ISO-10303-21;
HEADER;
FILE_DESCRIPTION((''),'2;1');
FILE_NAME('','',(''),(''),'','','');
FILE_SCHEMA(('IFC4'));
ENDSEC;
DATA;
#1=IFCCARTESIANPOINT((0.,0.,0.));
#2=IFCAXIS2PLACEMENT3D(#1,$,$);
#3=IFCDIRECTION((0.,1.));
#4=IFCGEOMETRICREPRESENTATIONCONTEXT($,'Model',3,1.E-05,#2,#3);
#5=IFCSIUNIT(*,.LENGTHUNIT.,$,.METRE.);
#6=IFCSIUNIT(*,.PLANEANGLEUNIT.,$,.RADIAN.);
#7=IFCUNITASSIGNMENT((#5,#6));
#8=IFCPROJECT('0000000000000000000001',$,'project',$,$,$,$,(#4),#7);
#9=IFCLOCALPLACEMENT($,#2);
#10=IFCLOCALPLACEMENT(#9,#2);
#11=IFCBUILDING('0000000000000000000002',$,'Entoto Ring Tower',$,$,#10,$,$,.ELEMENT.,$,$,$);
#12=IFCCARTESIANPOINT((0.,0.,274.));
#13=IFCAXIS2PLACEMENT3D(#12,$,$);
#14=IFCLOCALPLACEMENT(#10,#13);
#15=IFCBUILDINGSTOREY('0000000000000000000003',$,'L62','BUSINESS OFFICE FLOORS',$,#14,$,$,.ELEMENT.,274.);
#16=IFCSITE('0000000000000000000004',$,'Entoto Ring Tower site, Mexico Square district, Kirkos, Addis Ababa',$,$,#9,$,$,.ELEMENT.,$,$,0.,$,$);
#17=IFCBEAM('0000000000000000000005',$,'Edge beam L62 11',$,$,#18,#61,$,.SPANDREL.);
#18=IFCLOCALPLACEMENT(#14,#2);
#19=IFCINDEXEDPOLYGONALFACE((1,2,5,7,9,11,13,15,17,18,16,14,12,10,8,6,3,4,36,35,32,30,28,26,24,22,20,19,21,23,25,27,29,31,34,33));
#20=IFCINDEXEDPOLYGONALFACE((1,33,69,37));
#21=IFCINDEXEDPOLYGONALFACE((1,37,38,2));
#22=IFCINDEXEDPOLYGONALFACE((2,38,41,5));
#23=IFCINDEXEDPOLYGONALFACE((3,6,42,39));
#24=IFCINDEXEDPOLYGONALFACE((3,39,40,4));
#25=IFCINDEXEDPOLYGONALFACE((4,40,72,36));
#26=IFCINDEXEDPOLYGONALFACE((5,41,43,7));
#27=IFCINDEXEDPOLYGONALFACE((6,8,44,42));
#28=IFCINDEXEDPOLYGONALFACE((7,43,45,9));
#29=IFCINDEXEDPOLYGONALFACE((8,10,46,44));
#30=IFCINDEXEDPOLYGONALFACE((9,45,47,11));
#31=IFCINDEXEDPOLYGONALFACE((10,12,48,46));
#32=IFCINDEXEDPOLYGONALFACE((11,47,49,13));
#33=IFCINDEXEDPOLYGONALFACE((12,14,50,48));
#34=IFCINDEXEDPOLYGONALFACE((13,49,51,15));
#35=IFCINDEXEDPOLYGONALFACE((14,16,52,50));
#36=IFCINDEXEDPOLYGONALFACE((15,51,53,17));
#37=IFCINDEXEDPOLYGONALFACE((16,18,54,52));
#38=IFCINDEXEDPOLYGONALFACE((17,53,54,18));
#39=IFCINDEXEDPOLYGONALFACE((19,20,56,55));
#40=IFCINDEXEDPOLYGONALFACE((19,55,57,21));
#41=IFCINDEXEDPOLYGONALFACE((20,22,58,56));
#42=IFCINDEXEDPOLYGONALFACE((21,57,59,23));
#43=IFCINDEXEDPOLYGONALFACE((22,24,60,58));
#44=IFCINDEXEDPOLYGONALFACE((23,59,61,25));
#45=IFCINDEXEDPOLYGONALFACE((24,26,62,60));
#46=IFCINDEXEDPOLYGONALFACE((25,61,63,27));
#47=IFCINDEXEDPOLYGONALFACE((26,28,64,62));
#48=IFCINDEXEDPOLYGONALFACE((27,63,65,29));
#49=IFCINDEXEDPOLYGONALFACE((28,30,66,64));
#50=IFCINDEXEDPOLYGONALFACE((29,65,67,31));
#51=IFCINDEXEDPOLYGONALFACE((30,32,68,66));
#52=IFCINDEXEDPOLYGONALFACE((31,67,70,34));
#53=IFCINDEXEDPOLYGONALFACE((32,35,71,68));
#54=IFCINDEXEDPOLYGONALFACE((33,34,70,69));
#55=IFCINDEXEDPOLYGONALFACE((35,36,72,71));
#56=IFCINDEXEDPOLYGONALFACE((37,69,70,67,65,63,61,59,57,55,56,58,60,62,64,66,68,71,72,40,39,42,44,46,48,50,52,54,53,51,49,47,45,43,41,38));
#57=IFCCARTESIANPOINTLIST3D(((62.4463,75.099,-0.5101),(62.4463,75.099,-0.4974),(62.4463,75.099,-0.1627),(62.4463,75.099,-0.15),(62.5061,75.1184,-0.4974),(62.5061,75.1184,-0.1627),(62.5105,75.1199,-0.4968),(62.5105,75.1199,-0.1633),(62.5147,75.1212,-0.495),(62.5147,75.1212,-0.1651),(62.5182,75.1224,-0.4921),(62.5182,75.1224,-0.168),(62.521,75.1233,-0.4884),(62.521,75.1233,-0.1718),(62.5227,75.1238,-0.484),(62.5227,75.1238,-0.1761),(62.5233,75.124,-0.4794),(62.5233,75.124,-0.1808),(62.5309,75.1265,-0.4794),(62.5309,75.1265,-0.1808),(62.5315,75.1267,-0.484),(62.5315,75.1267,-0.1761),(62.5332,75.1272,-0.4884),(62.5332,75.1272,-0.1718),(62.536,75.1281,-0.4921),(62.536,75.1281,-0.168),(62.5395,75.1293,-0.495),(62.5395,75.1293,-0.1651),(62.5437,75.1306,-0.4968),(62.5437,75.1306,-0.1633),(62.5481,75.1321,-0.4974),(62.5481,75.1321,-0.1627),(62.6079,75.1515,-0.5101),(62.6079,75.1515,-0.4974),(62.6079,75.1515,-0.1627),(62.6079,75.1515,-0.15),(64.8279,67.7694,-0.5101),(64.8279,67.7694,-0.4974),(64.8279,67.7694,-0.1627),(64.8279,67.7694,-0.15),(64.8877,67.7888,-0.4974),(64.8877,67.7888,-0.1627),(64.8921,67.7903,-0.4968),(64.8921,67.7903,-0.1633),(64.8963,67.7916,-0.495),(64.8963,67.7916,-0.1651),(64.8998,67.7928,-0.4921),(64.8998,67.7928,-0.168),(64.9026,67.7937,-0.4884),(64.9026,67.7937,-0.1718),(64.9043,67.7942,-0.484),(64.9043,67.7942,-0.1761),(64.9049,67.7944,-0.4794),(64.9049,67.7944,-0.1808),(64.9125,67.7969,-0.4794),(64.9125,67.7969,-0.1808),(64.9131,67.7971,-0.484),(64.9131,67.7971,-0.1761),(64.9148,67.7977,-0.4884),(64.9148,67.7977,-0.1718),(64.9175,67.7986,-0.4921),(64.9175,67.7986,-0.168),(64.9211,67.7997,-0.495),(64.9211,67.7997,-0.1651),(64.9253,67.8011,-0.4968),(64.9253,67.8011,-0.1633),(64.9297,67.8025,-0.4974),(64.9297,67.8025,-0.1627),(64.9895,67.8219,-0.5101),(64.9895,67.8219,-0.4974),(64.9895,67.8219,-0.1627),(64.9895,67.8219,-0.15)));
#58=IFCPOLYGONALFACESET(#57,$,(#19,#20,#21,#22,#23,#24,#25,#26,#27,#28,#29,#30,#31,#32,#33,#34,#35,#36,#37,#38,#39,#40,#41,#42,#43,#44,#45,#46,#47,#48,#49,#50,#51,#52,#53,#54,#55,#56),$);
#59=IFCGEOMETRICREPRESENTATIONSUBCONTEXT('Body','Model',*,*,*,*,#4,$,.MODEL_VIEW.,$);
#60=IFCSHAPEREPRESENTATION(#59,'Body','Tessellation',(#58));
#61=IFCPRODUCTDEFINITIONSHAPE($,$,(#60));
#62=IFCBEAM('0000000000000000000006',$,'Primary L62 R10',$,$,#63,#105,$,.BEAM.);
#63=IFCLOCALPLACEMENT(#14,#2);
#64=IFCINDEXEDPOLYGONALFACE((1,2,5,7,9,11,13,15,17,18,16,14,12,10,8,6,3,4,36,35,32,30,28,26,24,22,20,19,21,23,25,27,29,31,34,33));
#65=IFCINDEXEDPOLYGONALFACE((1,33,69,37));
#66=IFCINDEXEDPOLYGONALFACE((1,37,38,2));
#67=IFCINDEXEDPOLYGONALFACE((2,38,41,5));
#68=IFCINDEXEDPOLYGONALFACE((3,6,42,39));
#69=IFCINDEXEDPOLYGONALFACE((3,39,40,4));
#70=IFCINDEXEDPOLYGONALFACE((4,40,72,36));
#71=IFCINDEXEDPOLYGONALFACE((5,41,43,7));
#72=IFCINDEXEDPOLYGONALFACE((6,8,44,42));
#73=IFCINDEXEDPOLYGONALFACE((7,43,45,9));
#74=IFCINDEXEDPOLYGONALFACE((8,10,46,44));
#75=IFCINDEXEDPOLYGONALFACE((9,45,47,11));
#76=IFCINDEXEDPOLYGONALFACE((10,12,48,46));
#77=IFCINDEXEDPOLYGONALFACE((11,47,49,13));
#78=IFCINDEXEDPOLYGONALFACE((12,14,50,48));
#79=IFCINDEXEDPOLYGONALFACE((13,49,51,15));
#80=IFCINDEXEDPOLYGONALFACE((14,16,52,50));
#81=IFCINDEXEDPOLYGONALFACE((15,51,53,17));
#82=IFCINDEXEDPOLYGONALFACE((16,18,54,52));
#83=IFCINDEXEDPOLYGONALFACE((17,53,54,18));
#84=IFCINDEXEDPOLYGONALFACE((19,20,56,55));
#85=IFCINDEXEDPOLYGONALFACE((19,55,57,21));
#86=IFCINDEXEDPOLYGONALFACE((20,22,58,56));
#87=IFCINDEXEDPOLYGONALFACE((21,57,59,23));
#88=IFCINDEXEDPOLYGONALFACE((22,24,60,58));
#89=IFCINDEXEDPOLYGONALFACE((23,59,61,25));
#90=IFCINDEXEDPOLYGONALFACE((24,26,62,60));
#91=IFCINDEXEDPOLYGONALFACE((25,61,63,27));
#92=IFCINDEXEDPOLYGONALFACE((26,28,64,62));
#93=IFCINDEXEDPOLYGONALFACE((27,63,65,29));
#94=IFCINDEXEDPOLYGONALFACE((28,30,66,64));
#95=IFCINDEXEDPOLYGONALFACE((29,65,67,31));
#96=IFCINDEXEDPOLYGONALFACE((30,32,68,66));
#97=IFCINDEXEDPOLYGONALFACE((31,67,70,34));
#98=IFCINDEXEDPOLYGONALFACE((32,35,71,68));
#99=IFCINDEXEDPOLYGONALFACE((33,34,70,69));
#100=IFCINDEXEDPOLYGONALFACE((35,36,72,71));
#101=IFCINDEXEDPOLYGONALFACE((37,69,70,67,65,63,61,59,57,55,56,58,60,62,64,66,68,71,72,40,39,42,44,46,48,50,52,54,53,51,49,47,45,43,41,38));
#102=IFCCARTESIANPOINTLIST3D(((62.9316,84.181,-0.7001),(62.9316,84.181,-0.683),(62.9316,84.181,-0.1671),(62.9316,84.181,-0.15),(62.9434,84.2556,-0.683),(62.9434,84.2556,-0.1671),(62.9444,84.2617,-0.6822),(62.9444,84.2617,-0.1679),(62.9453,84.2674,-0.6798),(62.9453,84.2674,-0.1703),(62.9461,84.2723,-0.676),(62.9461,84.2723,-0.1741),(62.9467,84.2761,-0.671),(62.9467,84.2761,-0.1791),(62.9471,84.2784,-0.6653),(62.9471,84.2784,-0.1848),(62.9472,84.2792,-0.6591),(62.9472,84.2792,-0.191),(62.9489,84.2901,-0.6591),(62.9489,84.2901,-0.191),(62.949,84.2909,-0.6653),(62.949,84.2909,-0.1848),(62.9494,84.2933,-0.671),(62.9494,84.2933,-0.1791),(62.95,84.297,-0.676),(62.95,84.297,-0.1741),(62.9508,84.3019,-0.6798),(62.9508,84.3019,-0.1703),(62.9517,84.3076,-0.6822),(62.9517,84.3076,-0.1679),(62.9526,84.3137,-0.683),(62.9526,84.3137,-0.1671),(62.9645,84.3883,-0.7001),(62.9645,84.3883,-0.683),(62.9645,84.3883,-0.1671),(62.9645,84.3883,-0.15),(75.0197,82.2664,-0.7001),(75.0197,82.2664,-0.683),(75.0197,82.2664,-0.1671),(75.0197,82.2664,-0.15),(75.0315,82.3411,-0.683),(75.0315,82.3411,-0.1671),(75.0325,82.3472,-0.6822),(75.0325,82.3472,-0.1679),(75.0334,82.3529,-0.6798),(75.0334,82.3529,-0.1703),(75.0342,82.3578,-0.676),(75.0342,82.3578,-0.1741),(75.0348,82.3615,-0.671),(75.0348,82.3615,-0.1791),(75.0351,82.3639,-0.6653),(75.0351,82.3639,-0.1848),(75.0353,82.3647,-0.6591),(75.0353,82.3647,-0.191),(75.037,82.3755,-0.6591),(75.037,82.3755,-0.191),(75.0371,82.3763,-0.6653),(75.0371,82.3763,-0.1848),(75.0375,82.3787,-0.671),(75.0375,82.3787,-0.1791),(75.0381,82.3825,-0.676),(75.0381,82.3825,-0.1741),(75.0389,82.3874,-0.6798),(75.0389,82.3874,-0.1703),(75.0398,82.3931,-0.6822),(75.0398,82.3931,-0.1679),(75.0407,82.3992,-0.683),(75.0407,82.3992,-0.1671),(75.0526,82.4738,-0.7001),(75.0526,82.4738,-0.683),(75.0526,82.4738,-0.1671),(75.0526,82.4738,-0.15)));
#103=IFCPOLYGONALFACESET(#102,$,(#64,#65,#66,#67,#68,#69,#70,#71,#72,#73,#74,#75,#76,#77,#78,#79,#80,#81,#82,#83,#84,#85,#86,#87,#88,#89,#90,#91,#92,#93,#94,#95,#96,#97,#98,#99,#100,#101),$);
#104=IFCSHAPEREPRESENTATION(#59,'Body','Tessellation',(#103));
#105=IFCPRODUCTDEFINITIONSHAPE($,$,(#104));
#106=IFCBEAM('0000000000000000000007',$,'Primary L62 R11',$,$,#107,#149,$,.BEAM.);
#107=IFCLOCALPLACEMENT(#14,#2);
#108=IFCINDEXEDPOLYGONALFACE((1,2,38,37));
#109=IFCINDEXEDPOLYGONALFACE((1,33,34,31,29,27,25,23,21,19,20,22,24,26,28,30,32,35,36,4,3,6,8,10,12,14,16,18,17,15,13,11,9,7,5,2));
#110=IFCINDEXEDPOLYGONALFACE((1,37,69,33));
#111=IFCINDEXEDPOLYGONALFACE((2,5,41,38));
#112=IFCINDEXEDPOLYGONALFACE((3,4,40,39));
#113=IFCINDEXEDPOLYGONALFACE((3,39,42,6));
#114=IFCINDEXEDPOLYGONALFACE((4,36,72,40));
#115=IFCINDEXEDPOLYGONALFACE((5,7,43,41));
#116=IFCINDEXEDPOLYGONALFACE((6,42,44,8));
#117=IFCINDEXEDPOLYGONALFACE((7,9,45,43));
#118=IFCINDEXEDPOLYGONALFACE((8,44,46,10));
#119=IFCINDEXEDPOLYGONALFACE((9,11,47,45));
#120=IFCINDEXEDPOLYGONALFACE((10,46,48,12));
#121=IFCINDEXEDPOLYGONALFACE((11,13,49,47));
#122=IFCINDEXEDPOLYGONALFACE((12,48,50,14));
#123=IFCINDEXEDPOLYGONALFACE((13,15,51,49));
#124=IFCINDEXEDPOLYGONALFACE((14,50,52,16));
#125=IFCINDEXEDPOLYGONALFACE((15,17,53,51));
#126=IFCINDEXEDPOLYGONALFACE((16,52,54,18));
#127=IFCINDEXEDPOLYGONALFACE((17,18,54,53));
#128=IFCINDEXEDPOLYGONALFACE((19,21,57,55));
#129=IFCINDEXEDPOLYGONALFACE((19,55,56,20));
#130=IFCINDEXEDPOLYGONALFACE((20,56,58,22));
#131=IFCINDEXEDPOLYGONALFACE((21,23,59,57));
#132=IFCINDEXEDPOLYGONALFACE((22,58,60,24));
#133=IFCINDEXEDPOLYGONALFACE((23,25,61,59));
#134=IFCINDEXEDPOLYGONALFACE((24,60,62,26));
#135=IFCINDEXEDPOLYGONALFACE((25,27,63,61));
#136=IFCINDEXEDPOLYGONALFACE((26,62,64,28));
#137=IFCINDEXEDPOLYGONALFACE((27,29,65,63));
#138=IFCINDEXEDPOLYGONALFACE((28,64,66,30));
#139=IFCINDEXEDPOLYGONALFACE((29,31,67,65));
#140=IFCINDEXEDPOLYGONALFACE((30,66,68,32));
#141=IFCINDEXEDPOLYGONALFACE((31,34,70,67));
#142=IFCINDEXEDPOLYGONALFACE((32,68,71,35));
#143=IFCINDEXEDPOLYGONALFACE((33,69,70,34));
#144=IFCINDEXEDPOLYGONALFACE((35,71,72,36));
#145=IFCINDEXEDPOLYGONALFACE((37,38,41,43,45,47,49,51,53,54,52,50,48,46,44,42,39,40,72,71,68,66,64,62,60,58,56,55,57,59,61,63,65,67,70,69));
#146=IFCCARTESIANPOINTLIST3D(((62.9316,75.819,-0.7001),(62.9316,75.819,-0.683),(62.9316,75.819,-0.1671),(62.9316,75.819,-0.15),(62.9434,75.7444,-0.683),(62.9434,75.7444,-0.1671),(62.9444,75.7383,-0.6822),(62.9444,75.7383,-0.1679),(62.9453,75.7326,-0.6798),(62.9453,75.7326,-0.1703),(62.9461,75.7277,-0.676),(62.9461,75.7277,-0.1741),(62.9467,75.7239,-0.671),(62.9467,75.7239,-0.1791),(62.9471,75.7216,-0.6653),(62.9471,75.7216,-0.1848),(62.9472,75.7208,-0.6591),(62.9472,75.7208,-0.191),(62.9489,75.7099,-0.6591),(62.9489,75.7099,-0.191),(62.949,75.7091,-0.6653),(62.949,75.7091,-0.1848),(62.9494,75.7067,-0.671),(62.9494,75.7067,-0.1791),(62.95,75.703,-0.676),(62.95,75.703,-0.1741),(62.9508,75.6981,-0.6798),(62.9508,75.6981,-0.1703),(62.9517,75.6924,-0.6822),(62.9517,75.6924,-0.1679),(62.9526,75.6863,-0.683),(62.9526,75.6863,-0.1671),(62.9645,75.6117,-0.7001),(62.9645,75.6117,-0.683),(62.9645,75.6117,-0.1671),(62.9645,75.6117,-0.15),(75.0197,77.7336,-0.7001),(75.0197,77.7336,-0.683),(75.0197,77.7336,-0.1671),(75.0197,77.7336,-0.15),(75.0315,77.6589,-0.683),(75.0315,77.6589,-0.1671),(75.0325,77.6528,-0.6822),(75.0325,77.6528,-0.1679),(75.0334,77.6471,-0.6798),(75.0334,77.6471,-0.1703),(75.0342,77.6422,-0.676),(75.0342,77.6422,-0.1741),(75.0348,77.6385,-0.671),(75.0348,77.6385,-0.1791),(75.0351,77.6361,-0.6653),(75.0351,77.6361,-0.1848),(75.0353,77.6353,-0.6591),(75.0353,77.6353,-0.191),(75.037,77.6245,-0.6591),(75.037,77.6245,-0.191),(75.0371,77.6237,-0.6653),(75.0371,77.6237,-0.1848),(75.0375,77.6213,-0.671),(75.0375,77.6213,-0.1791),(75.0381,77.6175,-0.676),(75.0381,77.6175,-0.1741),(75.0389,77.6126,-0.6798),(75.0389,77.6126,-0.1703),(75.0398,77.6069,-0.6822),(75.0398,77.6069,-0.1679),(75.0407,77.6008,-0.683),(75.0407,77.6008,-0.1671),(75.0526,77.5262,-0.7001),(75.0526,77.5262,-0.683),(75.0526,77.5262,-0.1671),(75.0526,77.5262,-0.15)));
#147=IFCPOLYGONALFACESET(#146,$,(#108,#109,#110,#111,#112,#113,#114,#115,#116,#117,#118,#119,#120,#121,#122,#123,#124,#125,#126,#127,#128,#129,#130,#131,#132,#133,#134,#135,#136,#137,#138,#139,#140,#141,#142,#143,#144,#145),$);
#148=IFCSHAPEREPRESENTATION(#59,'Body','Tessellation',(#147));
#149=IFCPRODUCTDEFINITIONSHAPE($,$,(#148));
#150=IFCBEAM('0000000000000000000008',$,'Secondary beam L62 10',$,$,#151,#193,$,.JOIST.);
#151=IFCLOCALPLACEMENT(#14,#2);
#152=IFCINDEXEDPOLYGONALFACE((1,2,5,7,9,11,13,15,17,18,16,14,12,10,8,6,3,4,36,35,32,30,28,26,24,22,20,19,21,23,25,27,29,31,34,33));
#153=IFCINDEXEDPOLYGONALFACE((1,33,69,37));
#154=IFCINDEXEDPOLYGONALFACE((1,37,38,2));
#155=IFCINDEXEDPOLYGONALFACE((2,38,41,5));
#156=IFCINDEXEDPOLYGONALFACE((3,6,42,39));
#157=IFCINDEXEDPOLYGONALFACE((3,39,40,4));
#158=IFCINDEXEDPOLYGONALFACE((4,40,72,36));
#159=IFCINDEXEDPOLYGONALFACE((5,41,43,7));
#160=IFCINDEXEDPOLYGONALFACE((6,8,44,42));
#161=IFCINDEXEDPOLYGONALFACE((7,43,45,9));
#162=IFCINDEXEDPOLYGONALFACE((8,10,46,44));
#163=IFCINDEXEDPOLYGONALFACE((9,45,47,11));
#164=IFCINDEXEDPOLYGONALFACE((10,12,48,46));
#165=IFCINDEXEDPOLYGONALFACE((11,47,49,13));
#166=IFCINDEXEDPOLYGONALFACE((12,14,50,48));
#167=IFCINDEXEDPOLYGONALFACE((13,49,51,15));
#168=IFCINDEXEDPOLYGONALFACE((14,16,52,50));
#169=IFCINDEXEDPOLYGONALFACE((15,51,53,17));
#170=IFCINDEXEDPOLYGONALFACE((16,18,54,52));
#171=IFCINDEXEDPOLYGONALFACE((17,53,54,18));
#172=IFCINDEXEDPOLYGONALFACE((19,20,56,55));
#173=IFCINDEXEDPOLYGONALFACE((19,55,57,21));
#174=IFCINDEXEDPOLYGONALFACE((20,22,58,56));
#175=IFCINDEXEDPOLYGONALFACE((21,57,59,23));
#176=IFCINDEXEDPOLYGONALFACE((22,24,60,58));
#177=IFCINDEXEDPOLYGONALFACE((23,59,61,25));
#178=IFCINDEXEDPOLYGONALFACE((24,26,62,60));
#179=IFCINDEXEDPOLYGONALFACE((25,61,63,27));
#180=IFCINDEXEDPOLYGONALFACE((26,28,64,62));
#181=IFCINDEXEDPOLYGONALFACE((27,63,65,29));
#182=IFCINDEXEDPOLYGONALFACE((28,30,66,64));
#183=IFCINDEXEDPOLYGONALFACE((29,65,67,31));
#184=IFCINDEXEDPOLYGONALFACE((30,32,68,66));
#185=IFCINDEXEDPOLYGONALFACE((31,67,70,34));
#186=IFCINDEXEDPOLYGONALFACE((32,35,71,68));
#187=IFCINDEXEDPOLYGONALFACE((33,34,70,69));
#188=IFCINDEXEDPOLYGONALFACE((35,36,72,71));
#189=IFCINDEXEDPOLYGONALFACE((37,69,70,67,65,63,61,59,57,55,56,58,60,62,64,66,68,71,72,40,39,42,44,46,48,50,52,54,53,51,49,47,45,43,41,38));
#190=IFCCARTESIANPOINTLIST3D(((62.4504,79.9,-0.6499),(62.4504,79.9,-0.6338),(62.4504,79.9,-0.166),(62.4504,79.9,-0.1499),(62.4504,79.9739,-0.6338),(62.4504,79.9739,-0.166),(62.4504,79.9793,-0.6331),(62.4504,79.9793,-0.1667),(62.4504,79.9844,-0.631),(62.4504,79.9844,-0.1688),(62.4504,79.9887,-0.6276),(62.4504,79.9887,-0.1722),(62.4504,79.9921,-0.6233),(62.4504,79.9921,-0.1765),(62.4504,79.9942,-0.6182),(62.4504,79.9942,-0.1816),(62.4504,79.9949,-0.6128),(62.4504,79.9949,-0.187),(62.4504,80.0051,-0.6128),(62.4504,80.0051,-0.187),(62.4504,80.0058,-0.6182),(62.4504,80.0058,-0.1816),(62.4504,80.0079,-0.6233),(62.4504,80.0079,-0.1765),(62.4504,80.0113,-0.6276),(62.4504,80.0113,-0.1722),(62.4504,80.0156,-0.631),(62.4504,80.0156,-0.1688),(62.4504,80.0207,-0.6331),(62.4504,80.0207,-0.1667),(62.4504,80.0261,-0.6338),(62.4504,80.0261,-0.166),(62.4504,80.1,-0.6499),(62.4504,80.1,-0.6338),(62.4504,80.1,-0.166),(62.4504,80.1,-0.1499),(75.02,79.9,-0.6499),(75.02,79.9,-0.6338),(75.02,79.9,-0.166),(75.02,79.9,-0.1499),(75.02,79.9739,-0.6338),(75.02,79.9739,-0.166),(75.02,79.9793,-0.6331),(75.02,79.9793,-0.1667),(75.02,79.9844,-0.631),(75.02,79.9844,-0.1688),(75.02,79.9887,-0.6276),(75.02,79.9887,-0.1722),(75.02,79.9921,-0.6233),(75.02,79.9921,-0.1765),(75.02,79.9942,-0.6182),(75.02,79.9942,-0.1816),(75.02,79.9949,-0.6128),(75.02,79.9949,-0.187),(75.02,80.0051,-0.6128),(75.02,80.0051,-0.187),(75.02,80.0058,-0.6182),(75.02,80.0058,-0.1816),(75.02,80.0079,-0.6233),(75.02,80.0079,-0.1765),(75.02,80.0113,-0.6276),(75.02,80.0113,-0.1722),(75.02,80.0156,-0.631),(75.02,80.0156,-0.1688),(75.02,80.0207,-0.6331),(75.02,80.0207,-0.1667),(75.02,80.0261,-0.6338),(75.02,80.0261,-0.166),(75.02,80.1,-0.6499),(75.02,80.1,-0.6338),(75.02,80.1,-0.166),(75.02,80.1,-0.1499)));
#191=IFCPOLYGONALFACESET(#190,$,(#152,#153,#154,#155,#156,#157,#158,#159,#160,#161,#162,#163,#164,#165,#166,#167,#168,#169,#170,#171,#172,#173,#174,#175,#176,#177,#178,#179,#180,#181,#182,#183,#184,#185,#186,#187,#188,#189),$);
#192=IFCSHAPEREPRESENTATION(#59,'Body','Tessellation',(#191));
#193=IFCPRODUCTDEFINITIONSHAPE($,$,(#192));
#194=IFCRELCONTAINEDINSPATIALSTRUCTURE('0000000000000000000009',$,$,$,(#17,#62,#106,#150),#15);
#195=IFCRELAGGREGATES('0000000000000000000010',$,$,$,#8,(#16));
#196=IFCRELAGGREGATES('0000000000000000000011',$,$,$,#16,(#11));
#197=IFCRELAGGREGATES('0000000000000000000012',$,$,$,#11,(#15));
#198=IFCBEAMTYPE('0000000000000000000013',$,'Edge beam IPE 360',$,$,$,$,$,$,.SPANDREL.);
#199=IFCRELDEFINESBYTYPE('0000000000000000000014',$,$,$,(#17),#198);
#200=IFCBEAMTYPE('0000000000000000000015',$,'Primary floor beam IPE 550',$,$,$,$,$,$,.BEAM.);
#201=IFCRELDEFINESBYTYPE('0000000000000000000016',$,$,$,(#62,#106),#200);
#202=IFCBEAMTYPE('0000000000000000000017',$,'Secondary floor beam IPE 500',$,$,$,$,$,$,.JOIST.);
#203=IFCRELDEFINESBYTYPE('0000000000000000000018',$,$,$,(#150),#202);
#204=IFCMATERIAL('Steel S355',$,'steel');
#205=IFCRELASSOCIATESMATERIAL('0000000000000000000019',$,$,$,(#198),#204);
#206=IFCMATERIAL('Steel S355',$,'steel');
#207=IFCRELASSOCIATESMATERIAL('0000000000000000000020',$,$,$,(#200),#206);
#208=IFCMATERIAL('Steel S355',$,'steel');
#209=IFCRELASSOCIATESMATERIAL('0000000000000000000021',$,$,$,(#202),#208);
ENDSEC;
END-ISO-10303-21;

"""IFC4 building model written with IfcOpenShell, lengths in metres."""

from ifc_helpers import new_model, si_unit, direction, frame, origin, origin_2d, place, context, subcontext, project, spatial, i_section, extrude, material, material_profile, profile_set, type_object, element, save


model = new_model("IFC4")

# Units and contexts
model_context = context("Model", 3, precision=1e-05, world=origin(), true_north=direction((0.0, 1.0)))
body_context = subcontext(model_context, "Body", "Model", "MODEL_VIEW")
ifc_project = project(units=[si_unit("LENGTHUNIT", "METRE"), si_unit("PLANEANGLEUNIT", "RADIAN")], contexts=[model_context])

# Site, building, storey
site_placement = place(None, origin())
site = spatial("IfcSite", under=ifc_project, at=site_placement, Name="Entoto Ring Tower site, Mexico Square district, Kirkos, Addis Ababa", CompositionType="ELEMENT", RefElevation=0.0)
building_placement = place(site_placement, origin())
building = spatial("IfcBuilding", under=site, at=building_placement, Name="Entoto Ring Tower", CompositionType="ELEMENT")
storey_placement = place(building_placement, frame((0.0, 0.0, 274.0)))
storey = spatial("IfcBuildingStorey", under=building, at=storey_placement, Name="L62", Description="BUSINESS OFFICE FLOORS", CompositionType="ELEMENT", Elevation=274.0)

# Beams
ifc_material_1 = material(Name="Steel S355", Category="steel")
ifc_material_profile_1 = material_profile(ifc_material_1, i_section(OverallWidth=0.1699, OverallDepth=0.3601, WebThickness=0.0081, FlangeThickness=0.0127, FilletRadius=0.0181, at=origin_2d()), Name="IPE 360")
ifc_profile_set_1 = profile_set([ifc_material_profile_1], Name="Steel S355")
beam_type_1 = type_object("IfcBeamType", Name="Edge beam IPE 360", PredefinedType="SPANDREL", material=ifc_profile_set_1)
beam_1_placement = place(storey_placement, frame((62.5271, 75.1252, -0.3301), z_axis=(0.309024, -0.951054, 0.0), x_axis=(0.951054, 0.309024, 0.0)))
element("IfcBeam", 1, at=beam_1_placement, inside=storey, type_object=beam_type_1, Name="Edge beam L62 11", PredefinedType="SPANDREL", context=body_context, shape_type="SweptSolid", body=[
    extrude(i_section(OverallWidth=0.1699, OverallDepth=0.3601, WebThickness=0.0081, FlangeThickness=0.0127, FilletRadius=0.0181, at=origin_2d()), origin(), (0.0, 0.0, 1.0), 7.7068),
])
ifc_material_2 = material(Name="Steel S355", Category="steel")
ifc_material_profile_2 = material_profile(ifc_material_2, i_section(OverallWidth=0.21, OverallDepth=0.55, WebThickness=0.011, FlangeThickness=0.0171, FilletRadius=0.0239, at=origin_2d()), Name="IPE 550")
ifc_profile_set_2 = profile_set([ifc_material_profile_2], Name="Steel S355")
beam_type_2 = type_object("IfcBeamType", Name="Primary floor beam IPE 550", PredefinedType="BEAM", material=ifc_profile_set_2)
for number, where, z_axis, x_axis, name in (
    (2, (75.0361, 82.3701, -0.425), (-0.987689, 0.156433, 0.0), (-0.156433, -0.987689, 0.0), "Primary L62 R10"),
    (3, (75.0361, 77.6299, -0.425), (-0.987689, -0.156433, 0.0), (0.156433, -0.987689, 0.0), "Primary L62 R11"),
):
    element("IfcBeam", number, at=place(storey_placement, frame(where, z_axis=z_axis, x_axis=x_axis)), inside=storey, type_object=beam_type_2, Name=name, PredefinedType="BEAM", context=body_context, shape_type="SweptSolid", body=[
        extrude(i_section(OverallWidth=0.21, OverallDepth=0.55, WebThickness=0.011, FlangeThickness=0.0171, FilletRadius=0.0239, at=origin_2d()), origin(), (0.0, 0.0, 1.0), 12.2388),
    ])
ifc_material_3 = material(Name="Steel S355", Category="steel")
ifc_material_profile_3 = material_profile(ifc_material_3, i_section(OverallWidth=0.2, OverallDepth=0.5, WebThickness=0.0103, FlangeThickness=0.0161, FilletRadius=0.021, at=origin_2d()), Name="IPE 500")
ifc_profile_set_3 = profile_set([ifc_material_profile_3], Name="Steel S355")
beam_type_3 = type_object("IfcBeamType", Name="Secondary floor beam IPE 500", PredefinedType="JOIST", material=ifc_profile_set_3)
beam_2_placement = place(storey_placement, frame((75.02, 80.0, -0.3999), z_axis=(-1.0, 0.0, 0.0), x_axis=(0.0, -1.0, 0.0)))
element("IfcBeam", 4, at=beam_2_placement, inside=storey, type_object=beam_type_3, Name="Secondary beam L62 10", PredefinedType="JOIST", context=body_context, shape_type="SweptSolid", body=[
    extrude(i_section(OverallWidth=0.2, OverallDepth=0.5, WebThickness=0.0103, FlangeThickness=0.0161, FilletRadius=0.021, at=origin_2d()), origin(), (0.0, 0.0, 1.0), 12.5696),
])

save(model, "model.ifc")
